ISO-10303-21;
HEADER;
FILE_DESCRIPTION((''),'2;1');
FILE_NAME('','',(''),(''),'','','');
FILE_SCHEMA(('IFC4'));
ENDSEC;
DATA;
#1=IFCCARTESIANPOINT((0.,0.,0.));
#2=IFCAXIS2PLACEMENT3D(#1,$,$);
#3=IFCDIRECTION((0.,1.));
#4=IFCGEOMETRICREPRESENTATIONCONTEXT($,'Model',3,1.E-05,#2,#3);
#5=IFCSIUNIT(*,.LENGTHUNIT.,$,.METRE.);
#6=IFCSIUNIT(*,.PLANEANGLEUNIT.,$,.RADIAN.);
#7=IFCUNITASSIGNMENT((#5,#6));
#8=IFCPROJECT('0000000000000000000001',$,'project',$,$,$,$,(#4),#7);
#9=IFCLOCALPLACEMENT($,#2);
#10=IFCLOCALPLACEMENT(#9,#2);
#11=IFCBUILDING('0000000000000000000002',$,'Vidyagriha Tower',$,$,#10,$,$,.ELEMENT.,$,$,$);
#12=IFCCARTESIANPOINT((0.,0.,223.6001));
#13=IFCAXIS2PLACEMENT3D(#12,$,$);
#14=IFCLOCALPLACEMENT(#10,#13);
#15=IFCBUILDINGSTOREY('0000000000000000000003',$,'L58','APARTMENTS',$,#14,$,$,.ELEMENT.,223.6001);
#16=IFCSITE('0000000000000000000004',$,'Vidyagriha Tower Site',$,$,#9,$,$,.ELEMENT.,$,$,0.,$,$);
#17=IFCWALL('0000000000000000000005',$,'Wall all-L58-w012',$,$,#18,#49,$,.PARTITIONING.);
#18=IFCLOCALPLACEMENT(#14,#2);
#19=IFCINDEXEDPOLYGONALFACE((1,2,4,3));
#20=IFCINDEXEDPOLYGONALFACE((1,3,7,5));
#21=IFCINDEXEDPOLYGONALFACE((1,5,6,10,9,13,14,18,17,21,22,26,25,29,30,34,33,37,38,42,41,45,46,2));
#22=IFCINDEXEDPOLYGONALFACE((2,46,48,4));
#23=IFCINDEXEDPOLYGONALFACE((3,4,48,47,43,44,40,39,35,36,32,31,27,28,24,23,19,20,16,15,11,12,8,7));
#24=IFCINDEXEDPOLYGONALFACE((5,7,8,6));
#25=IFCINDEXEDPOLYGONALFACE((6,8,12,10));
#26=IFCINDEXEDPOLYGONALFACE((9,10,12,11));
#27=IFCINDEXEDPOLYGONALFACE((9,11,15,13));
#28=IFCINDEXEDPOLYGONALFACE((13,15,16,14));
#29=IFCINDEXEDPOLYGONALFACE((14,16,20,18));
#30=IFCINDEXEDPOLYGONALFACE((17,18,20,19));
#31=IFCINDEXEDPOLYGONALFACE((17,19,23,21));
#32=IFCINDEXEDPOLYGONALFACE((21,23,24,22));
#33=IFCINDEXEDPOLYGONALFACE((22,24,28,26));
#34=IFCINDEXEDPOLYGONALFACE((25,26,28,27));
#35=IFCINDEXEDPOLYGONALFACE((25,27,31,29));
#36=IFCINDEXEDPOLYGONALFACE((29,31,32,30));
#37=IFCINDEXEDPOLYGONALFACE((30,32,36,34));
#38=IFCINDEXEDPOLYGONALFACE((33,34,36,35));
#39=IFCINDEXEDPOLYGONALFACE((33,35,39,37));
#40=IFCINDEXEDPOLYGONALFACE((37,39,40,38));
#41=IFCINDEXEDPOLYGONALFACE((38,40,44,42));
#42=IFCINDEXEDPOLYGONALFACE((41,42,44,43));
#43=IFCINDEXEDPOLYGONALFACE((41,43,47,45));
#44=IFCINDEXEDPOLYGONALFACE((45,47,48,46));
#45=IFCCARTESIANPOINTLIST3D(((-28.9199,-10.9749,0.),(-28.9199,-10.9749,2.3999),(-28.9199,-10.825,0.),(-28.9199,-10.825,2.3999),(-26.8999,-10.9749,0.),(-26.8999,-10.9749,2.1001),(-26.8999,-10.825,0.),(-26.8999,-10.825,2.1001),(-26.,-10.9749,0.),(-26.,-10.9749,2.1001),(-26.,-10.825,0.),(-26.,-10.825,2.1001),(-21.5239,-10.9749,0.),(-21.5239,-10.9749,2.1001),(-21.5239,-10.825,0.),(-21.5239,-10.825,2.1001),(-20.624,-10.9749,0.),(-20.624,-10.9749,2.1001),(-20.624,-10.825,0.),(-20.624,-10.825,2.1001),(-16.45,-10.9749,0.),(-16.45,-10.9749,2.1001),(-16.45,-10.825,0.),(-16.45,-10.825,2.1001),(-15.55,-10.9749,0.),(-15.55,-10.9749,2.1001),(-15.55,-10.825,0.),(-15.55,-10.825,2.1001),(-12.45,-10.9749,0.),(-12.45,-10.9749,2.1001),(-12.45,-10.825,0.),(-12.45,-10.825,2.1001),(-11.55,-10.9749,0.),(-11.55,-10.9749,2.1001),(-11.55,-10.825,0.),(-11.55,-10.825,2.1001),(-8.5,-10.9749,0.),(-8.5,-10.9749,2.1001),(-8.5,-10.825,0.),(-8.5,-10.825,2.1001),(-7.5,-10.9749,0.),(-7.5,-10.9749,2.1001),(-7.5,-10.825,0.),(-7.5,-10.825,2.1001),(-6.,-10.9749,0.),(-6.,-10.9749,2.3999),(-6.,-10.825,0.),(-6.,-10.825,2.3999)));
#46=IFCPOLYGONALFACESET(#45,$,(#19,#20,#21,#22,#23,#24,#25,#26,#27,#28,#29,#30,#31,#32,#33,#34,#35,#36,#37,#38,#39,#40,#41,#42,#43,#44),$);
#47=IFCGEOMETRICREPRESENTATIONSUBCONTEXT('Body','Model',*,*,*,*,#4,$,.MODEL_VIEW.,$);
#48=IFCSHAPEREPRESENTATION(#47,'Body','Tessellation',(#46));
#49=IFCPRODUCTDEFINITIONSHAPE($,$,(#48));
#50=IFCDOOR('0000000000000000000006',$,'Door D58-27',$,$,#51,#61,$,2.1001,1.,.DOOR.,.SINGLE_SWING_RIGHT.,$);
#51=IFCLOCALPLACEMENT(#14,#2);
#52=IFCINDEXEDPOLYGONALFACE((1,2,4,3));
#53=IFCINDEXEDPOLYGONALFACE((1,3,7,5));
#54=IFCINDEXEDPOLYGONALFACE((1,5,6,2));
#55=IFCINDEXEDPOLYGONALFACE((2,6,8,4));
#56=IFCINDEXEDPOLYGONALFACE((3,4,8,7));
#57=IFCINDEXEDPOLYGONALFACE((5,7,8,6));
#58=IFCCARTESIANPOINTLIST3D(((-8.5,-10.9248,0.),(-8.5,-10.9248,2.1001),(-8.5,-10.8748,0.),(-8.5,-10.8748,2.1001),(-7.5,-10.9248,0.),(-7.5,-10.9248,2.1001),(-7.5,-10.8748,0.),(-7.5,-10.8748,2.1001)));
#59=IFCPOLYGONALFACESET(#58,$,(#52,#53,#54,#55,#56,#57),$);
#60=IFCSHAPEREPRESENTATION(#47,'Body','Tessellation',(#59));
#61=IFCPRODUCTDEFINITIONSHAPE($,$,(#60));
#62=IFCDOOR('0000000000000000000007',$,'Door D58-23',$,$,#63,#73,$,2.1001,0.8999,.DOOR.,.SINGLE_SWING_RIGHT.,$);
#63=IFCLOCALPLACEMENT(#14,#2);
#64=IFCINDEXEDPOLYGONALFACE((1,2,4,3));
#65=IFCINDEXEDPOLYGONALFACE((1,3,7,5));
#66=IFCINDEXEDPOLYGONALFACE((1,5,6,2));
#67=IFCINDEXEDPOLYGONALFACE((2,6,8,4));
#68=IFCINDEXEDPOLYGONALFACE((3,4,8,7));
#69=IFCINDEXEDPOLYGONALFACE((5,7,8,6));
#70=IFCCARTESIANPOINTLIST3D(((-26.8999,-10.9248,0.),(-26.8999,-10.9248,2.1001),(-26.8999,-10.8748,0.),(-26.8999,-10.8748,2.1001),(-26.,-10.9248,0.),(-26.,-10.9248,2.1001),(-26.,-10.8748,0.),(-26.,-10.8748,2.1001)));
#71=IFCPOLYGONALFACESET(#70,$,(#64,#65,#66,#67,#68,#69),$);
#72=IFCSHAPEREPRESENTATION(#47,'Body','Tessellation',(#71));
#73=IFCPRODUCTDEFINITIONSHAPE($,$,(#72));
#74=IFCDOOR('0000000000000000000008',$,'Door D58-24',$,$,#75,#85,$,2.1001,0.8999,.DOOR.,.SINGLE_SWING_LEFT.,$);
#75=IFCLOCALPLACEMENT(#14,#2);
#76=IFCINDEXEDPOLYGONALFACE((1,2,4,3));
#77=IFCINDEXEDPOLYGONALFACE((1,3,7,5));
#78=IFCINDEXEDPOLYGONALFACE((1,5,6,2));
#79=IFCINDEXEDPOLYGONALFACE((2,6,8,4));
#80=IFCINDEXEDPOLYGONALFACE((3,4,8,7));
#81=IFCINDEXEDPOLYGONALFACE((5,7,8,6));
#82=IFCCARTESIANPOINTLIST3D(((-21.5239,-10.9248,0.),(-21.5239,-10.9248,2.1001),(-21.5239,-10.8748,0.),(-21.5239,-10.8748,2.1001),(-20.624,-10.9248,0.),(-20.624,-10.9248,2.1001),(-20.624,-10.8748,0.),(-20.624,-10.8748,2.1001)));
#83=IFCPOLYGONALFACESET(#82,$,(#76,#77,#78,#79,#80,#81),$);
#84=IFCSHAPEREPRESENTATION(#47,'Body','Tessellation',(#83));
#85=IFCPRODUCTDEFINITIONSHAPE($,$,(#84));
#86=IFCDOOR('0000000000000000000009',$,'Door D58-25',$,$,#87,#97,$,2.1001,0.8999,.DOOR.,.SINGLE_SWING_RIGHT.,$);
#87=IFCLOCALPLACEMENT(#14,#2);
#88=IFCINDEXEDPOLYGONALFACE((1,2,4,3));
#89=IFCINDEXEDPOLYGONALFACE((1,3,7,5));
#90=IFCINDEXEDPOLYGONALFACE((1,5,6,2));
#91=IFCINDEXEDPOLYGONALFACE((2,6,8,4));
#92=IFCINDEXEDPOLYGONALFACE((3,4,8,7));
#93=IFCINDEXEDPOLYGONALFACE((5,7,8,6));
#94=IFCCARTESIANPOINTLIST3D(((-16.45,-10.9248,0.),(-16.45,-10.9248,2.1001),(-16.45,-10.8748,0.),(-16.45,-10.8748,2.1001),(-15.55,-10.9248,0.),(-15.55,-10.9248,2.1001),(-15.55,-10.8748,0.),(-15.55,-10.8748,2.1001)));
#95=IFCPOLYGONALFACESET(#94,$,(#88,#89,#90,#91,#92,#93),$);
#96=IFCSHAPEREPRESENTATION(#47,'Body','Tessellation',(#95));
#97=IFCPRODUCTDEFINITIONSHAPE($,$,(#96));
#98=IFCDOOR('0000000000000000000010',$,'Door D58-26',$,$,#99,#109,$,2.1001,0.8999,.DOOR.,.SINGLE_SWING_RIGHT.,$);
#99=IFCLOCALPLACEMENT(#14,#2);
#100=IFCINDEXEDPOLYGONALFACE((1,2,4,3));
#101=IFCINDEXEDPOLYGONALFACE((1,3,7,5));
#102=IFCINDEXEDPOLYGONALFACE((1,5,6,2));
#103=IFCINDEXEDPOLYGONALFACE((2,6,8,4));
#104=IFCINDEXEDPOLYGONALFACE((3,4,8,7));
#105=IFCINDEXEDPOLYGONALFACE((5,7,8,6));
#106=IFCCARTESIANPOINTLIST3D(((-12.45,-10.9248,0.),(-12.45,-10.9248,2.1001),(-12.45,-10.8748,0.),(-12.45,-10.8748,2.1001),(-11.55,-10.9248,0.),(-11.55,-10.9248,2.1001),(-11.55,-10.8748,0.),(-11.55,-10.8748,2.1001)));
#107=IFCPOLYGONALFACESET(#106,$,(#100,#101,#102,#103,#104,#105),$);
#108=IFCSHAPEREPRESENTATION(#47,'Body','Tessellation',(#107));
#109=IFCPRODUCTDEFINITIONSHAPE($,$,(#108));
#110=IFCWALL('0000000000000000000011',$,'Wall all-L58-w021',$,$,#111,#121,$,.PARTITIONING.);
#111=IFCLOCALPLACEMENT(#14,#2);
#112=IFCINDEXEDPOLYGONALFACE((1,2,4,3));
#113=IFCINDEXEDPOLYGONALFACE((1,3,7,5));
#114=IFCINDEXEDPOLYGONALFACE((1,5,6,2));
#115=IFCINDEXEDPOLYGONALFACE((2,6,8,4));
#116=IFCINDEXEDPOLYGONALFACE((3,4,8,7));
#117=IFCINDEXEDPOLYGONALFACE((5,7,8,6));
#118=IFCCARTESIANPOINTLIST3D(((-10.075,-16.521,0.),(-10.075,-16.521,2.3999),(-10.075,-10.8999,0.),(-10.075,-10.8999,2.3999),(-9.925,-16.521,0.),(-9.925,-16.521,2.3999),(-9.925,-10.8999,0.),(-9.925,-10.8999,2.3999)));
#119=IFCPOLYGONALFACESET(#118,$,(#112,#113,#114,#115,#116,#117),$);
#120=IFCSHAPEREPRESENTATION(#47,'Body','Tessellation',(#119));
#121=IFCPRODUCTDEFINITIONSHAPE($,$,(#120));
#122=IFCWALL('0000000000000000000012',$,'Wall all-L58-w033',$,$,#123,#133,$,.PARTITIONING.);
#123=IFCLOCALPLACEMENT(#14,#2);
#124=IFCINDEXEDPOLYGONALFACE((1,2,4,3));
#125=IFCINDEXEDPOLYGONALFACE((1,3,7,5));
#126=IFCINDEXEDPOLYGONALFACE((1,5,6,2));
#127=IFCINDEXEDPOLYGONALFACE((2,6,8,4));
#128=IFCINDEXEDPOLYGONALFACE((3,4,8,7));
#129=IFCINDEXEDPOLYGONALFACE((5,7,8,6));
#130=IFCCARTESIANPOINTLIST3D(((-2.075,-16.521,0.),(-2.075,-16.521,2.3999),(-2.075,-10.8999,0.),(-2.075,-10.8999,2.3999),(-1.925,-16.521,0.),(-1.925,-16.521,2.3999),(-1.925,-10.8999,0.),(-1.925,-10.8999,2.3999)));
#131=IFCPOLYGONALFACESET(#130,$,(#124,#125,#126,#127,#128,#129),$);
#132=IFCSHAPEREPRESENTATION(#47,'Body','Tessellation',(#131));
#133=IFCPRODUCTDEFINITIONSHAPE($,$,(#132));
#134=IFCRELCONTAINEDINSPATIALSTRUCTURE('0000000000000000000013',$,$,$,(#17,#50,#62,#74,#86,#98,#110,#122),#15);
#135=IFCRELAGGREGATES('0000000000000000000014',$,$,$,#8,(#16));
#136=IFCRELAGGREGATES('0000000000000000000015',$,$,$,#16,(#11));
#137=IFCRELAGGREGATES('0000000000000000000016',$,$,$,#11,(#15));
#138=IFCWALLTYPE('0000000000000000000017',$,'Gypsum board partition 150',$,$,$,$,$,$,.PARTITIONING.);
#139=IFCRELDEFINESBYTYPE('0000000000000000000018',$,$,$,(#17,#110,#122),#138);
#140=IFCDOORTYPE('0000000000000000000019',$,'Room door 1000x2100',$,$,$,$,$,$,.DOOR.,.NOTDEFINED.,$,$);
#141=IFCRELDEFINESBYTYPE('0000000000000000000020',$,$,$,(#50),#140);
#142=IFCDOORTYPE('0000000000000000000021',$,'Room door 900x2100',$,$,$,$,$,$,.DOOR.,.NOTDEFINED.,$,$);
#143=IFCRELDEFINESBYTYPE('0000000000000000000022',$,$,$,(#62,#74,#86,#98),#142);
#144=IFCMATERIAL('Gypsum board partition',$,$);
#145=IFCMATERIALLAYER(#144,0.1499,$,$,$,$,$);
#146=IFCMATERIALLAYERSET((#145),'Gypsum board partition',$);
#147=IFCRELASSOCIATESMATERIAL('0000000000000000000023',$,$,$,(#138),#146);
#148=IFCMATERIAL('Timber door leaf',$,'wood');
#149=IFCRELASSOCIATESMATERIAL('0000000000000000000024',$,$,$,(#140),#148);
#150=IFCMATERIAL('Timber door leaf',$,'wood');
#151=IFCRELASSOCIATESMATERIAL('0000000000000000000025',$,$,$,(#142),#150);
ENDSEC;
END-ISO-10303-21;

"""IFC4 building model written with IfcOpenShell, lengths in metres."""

from ifc_helpers import new_model, si_unit, direction, frame, frame_2d, origin, place, context, subcontext, project, spatial, rectangle, extrude, material, layer, layer_set, type_object, element, fill, save


model = new_model("IFC4")

# Units and contexts
model_context = context("Model", 3, precision=1e-05, world=origin(), true_north=direction((0.0, 1.0)))
body_context = subcontext(model_context, "Body", "Model", "MODEL_VIEW")
ifc_project = project(units=[si_unit("LENGTHUNIT", "METRE"), si_unit("PLANEANGLEUNIT", "RADIAN")], contexts=[model_context])

# Site, building, storey
site_placement = place(None, origin())
site = spatial("IfcSite", under=ifc_project, at=site_placement, Name="Vidyagriha Tower Site", CompositionType="ELEMENT", RefElevation=0.0)
building_placement = place(site_placement, origin())
building = spatial("IfcBuilding", under=site, at=building_placement, Name="Vidyagriha Tower", CompositionType="ELEMENT")
storey_placement = place(building_placement, frame((0.0, 0.0, 223.6001)))
storey = spatial("IfcBuildingStorey", under=building, at=storey_placement, Name="L58", Description="APARTMENTS", CompositionType="ELEMENT", Elevation=223.6001)

# Wall, openings, doors
ifc_material_1 = material(Name="Gypsum board partition")
ifc_layer_1 = layer(ifc_material_1, 0.1499)
ifc_layer_set_1 = layer_set([ifc_layer_1], Name="Gypsum board partition")
wall_type_1 = type_object("IfcWallType", Name="Gypsum board partition 150", PredefinedType="PARTITIONING", material=ifc_layer_set_1)
wall_1_placement = place(storey_placement, frame((-6.0, -10.8999, 0.0), z_axis=(0.0, 0.0, 1.0), x_axis=(-1.0, 0.0, 0.0)))
wall_1 = element("IfcWall", 1, at=wall_1_placement, inside=storey, type_object=wall_type_1, Name="Wall all-L58-w012", PredefinedType="PARTITIONING", context=body_context, shape_type="SweptSolid", body=[
    extrude(rectangle(XDim=22.9199, YDim=0.1499, at=frame_2d((11.46, 0.0))), origin(), (0.0, 0.0, 1.0), 2.3999),
])
opening_1_placement = place(wall_1_placement, frame((20.0, 0.0, 0.0)))
opening_1 = element("IfcOpeningElement", 2, at=opening_1_placement, cuts=wall_1, PredefinedType="OPENING", context=body_context, shape_type="SweptSolid", body=[
    extrude(rectangle(XDim=0.8999, YDim=2.1001, at=frame_2d((0.45, 1.05))), frame((0.0, 0.085, 0.0), z_axis=(0.0, -1.0, 0.0), x_axis=(1.0, 0.0, 0.0)), (0.0, 0.0, 1.0), 0.1699),
])
opening_2_placement = place(wall_1_placement, frame((14.624, 0.0, 0.0)))
opening_2 = element("IfcOpeningElement", 3, at=opening_2_placement, cuts=wall_1, PredefinedType="OPENING", context=body_context, shape_type="SweptSolid", body=[
    extrude(rectangle(XDim=0.8999, YDim=2.1001, at=frame_2d((0.45, 1.05))), frame((0.0, 0.085, 0.0), z_axis=(0.0, -1.0, 0.0), x_axis=(1.0, 0.0, 0.0)), (0.0, 0.0, 1.0), 0.1699),
])
opening_3_placement = place(wall_1_placement, frame((9.55, 0.0, 0.0)))
opening_3 = element("IfcOpeningElement", 4, at=opening_3_placement, cuts=wall_1, PredefinedType="OPENING", context=body_context, shape_type="SweptSolid", body=[
    extrude(rectangle(XDim=0.8999, YDim=2.1001, at=frame_2d((0.45, 1.05))), frame((0.0, 0.085, 0.0), z_axis=(0.0, -1.0, 0.0), x_axis=(1.0, 0.0, 0.0)), (0.0, 0.0, 1.0), 0.1699),
])
opening_4_placement = place(wall_1_placement, frame((5.55, 0.0, 0.0)))
opening_4 = element("IfcOpeningElement", 5, at=opening_4_placement, cuts=wall_1, PredefinedType="OPENING", context=body_context, shape_type="SweptSolid", body=[
    extrude(rectangle(XDim=0.8999, YDim=2.1001, at=frame_2d((0.45, 1.05))), frame((0.0, 0.085, 0.0), z_axis=(0.0, -1.0, 0.0), x_axis=(1.0, 0.0, 0.0)), (0.0, 0.0, 1.0), 0.1699),
])
opening_5_placement = place(wall_1_placement, frame((1.5, 0.0, 0.0)))
opening_5 = element("IfcOpeningElement", 6, at=opening_5_placement, cuts=wall_1, PredefinedType="OPENING", context=body_context, shape_type="SweptSolid", body=[
    extrude(rectangle(XDim=1.0, YDim=2.1001, at=frame_2d((0.5, 1.05))), frame((0.0, 0.085, 0.0), z_axis=(0.0, -1.0, 0.0), x_axis=(1.0, 0.0, 0.0)), (0.0, 0.0, 1.0), 0.1699),
])
ifc_material_2 = material(Name="Timber door leaf", Category="wood")
door_type_1 = type_object("IfcDoorType", Name="Room door 1000x2100", OperationType="NOTDEFINED", PredefinedType="DOOR", material=ifc_material_2)
door_1_placement = place(opening_5_placement, origin())
door_1 = element("IfcDoor", 7, at=door_1_placement, inside=storey, type_object=door_type_1, Name="Door D58-27", OperationType="SINGLE_SWING_RIGHT", OverallHeight=2.1001, OverallWidth=1.0, PredefinedType="DOOR", context=body_context, shape_type="SweptSolid", body=[
    extrude(rectangle(XDim=1.0, YDim=2.1001, at=frame_2d((0.5, 1.05))), frame((0.0, 0.0249, 0.0), z_axis=(0.0, -1.0, 0.0), x_axis=(1.0, 0.0, 0.0)), (0.0, 0.0, 1.0), 0.05),
])
fill(opening_5, door_1)
ifc_material_3 = material(Name="Timber door leaf", Category="wood")
door_type_2 = type_object("IfcDoorType", Name="Room door 900x2100", OperationType="NOTDEFINED", PredefinedType="DOOR", material=ifc_material_3)
door_2_placement = place(opening_1_placement, origin())
door_2 = element("IfcDoor", 8, at=door_2_placement, inside=storey, type_object=door_type_2, Name="Door D58-23", OperationType="SINGLE_SWING_RIGHT", OverallHeight=2.1001, OverallWidth=0.8999, PredefinedType="DOOR", context=body_context, shape_type="SweptSolid", body=[
    extrude(rectangle(XDim=0.8999, YDim=2.1001, at=frame_2d((0.45, 1.05))), frame((0.0, 0.0249, 0.0), z_axis=(0.0, -1.0, 0.0), x_axis=(1.0, 0.0, 0.0)), (0.0, 0.0, 1.0), 0.05),
])
fill(opening_1, door_2)
door_3_placement = place(opening_2_placement, origin())
door_3 = element("IfcDoor", 9, at=door_3_placement, inside=storey, type_object=door_type_2, Name="Door D58-24", OperationType="SINGLE_SWING_LEFT", OverallHeight=2.1001, OverallWidth=0.8999, PredefinedType="DOOR", context=body_context, shape_type="SweptSolid", body=[
    extrude(rectangle(XDim=0.8999, YDim=2.1001, at=frame_2d((0.45, 1.05))), frame((0.0, 0.0249, 0.0), z_axis=(0.0, -1.0, 0.0), x_axis=(1.0, 0.0, 0.0)), (0.0, 0.0, 1.0), 0.05),
])
fill(opening_2, door_3)
door_4_placement = place(opening_3_placement, origin())
door_4 = element("IfcDoor", 10, at=door_4_placement, inside=storey, type_object=door_type_2, Name="Door D58-25", OperationType="SINGLE_SWING_RIGHT", OverallHeight=2.1001, OverallWidth=0.8999, PredefinedType="DOOR", context=body_context, shape_type="SweptSolid", body=[
    extrude(rectangle(XDim=0.8999, YDim=2.1001, at=frame_2d((0.45, 1.05))), frame((0.0, 0.0249, 0.0), z_axis=(0.0, -1.0, 0.0), x_axis=(1.0, 0.0, 0.0)), (0.0, 0.0, 1.0), 0.05),
])
fill(opening_3, door_4)
door_5_placement = place(opening_4_placement, origin())
door_5 = element("IfcDoor", 11, at=door_5_placement, inside=storey, type_object=door_type_2, Name="Door D58-26", OperationType="SINGLE_SWING_RIGHT", OverallHeight=2.1001, OverallWidth=0.8999, PredefinedType="DOOR", context=body_context, shape_type="SweptSolid", body=[
    extrude(rectangle(XDim=0.8999, YDim=2.1001, at=frame_2d((0.45, 1.05))), frame((0.0, 0.0249, 0.0), z_axis=(0.0, -1.0, 0.0), x_axis=(1.0, 0.0, 0.0)), (0.0, 0.0, 1.0), 0.05),
])
fill(opening_4, door_5)

# Walls
for number, where, z_axis, x_axis, name in (
    (12, (-10.0, -10.8999, 0.0), (0.0, 0.0, 1.0), (0.0, -1.0, 0.0), "Wall all-L58-w021"),
    (13, (-2.0, -10.8999, 0.0), (0.0, 0.0, 1.0), (0.0, -1.0, 0.0), "Wall all-L58-w033"),
):
    element("IfcWall", number, at=place(storey_placement, frame(where, z_axis=z_axis, x_axis=x_axis)), inside=storey, type_object=wall_type_1, Name=name, PredefinedType="PARTITIONING", context=body_context, shape_type="SweptSolid", body=[
        extrude(rectangle(XDim=5.6211, YDim=0.1499, at=frame_2d((2.8105, 0.0))), origin(), (0.0, 0.0, 1.0), 2.3999),
    ])

save(model, "model.ifc")
